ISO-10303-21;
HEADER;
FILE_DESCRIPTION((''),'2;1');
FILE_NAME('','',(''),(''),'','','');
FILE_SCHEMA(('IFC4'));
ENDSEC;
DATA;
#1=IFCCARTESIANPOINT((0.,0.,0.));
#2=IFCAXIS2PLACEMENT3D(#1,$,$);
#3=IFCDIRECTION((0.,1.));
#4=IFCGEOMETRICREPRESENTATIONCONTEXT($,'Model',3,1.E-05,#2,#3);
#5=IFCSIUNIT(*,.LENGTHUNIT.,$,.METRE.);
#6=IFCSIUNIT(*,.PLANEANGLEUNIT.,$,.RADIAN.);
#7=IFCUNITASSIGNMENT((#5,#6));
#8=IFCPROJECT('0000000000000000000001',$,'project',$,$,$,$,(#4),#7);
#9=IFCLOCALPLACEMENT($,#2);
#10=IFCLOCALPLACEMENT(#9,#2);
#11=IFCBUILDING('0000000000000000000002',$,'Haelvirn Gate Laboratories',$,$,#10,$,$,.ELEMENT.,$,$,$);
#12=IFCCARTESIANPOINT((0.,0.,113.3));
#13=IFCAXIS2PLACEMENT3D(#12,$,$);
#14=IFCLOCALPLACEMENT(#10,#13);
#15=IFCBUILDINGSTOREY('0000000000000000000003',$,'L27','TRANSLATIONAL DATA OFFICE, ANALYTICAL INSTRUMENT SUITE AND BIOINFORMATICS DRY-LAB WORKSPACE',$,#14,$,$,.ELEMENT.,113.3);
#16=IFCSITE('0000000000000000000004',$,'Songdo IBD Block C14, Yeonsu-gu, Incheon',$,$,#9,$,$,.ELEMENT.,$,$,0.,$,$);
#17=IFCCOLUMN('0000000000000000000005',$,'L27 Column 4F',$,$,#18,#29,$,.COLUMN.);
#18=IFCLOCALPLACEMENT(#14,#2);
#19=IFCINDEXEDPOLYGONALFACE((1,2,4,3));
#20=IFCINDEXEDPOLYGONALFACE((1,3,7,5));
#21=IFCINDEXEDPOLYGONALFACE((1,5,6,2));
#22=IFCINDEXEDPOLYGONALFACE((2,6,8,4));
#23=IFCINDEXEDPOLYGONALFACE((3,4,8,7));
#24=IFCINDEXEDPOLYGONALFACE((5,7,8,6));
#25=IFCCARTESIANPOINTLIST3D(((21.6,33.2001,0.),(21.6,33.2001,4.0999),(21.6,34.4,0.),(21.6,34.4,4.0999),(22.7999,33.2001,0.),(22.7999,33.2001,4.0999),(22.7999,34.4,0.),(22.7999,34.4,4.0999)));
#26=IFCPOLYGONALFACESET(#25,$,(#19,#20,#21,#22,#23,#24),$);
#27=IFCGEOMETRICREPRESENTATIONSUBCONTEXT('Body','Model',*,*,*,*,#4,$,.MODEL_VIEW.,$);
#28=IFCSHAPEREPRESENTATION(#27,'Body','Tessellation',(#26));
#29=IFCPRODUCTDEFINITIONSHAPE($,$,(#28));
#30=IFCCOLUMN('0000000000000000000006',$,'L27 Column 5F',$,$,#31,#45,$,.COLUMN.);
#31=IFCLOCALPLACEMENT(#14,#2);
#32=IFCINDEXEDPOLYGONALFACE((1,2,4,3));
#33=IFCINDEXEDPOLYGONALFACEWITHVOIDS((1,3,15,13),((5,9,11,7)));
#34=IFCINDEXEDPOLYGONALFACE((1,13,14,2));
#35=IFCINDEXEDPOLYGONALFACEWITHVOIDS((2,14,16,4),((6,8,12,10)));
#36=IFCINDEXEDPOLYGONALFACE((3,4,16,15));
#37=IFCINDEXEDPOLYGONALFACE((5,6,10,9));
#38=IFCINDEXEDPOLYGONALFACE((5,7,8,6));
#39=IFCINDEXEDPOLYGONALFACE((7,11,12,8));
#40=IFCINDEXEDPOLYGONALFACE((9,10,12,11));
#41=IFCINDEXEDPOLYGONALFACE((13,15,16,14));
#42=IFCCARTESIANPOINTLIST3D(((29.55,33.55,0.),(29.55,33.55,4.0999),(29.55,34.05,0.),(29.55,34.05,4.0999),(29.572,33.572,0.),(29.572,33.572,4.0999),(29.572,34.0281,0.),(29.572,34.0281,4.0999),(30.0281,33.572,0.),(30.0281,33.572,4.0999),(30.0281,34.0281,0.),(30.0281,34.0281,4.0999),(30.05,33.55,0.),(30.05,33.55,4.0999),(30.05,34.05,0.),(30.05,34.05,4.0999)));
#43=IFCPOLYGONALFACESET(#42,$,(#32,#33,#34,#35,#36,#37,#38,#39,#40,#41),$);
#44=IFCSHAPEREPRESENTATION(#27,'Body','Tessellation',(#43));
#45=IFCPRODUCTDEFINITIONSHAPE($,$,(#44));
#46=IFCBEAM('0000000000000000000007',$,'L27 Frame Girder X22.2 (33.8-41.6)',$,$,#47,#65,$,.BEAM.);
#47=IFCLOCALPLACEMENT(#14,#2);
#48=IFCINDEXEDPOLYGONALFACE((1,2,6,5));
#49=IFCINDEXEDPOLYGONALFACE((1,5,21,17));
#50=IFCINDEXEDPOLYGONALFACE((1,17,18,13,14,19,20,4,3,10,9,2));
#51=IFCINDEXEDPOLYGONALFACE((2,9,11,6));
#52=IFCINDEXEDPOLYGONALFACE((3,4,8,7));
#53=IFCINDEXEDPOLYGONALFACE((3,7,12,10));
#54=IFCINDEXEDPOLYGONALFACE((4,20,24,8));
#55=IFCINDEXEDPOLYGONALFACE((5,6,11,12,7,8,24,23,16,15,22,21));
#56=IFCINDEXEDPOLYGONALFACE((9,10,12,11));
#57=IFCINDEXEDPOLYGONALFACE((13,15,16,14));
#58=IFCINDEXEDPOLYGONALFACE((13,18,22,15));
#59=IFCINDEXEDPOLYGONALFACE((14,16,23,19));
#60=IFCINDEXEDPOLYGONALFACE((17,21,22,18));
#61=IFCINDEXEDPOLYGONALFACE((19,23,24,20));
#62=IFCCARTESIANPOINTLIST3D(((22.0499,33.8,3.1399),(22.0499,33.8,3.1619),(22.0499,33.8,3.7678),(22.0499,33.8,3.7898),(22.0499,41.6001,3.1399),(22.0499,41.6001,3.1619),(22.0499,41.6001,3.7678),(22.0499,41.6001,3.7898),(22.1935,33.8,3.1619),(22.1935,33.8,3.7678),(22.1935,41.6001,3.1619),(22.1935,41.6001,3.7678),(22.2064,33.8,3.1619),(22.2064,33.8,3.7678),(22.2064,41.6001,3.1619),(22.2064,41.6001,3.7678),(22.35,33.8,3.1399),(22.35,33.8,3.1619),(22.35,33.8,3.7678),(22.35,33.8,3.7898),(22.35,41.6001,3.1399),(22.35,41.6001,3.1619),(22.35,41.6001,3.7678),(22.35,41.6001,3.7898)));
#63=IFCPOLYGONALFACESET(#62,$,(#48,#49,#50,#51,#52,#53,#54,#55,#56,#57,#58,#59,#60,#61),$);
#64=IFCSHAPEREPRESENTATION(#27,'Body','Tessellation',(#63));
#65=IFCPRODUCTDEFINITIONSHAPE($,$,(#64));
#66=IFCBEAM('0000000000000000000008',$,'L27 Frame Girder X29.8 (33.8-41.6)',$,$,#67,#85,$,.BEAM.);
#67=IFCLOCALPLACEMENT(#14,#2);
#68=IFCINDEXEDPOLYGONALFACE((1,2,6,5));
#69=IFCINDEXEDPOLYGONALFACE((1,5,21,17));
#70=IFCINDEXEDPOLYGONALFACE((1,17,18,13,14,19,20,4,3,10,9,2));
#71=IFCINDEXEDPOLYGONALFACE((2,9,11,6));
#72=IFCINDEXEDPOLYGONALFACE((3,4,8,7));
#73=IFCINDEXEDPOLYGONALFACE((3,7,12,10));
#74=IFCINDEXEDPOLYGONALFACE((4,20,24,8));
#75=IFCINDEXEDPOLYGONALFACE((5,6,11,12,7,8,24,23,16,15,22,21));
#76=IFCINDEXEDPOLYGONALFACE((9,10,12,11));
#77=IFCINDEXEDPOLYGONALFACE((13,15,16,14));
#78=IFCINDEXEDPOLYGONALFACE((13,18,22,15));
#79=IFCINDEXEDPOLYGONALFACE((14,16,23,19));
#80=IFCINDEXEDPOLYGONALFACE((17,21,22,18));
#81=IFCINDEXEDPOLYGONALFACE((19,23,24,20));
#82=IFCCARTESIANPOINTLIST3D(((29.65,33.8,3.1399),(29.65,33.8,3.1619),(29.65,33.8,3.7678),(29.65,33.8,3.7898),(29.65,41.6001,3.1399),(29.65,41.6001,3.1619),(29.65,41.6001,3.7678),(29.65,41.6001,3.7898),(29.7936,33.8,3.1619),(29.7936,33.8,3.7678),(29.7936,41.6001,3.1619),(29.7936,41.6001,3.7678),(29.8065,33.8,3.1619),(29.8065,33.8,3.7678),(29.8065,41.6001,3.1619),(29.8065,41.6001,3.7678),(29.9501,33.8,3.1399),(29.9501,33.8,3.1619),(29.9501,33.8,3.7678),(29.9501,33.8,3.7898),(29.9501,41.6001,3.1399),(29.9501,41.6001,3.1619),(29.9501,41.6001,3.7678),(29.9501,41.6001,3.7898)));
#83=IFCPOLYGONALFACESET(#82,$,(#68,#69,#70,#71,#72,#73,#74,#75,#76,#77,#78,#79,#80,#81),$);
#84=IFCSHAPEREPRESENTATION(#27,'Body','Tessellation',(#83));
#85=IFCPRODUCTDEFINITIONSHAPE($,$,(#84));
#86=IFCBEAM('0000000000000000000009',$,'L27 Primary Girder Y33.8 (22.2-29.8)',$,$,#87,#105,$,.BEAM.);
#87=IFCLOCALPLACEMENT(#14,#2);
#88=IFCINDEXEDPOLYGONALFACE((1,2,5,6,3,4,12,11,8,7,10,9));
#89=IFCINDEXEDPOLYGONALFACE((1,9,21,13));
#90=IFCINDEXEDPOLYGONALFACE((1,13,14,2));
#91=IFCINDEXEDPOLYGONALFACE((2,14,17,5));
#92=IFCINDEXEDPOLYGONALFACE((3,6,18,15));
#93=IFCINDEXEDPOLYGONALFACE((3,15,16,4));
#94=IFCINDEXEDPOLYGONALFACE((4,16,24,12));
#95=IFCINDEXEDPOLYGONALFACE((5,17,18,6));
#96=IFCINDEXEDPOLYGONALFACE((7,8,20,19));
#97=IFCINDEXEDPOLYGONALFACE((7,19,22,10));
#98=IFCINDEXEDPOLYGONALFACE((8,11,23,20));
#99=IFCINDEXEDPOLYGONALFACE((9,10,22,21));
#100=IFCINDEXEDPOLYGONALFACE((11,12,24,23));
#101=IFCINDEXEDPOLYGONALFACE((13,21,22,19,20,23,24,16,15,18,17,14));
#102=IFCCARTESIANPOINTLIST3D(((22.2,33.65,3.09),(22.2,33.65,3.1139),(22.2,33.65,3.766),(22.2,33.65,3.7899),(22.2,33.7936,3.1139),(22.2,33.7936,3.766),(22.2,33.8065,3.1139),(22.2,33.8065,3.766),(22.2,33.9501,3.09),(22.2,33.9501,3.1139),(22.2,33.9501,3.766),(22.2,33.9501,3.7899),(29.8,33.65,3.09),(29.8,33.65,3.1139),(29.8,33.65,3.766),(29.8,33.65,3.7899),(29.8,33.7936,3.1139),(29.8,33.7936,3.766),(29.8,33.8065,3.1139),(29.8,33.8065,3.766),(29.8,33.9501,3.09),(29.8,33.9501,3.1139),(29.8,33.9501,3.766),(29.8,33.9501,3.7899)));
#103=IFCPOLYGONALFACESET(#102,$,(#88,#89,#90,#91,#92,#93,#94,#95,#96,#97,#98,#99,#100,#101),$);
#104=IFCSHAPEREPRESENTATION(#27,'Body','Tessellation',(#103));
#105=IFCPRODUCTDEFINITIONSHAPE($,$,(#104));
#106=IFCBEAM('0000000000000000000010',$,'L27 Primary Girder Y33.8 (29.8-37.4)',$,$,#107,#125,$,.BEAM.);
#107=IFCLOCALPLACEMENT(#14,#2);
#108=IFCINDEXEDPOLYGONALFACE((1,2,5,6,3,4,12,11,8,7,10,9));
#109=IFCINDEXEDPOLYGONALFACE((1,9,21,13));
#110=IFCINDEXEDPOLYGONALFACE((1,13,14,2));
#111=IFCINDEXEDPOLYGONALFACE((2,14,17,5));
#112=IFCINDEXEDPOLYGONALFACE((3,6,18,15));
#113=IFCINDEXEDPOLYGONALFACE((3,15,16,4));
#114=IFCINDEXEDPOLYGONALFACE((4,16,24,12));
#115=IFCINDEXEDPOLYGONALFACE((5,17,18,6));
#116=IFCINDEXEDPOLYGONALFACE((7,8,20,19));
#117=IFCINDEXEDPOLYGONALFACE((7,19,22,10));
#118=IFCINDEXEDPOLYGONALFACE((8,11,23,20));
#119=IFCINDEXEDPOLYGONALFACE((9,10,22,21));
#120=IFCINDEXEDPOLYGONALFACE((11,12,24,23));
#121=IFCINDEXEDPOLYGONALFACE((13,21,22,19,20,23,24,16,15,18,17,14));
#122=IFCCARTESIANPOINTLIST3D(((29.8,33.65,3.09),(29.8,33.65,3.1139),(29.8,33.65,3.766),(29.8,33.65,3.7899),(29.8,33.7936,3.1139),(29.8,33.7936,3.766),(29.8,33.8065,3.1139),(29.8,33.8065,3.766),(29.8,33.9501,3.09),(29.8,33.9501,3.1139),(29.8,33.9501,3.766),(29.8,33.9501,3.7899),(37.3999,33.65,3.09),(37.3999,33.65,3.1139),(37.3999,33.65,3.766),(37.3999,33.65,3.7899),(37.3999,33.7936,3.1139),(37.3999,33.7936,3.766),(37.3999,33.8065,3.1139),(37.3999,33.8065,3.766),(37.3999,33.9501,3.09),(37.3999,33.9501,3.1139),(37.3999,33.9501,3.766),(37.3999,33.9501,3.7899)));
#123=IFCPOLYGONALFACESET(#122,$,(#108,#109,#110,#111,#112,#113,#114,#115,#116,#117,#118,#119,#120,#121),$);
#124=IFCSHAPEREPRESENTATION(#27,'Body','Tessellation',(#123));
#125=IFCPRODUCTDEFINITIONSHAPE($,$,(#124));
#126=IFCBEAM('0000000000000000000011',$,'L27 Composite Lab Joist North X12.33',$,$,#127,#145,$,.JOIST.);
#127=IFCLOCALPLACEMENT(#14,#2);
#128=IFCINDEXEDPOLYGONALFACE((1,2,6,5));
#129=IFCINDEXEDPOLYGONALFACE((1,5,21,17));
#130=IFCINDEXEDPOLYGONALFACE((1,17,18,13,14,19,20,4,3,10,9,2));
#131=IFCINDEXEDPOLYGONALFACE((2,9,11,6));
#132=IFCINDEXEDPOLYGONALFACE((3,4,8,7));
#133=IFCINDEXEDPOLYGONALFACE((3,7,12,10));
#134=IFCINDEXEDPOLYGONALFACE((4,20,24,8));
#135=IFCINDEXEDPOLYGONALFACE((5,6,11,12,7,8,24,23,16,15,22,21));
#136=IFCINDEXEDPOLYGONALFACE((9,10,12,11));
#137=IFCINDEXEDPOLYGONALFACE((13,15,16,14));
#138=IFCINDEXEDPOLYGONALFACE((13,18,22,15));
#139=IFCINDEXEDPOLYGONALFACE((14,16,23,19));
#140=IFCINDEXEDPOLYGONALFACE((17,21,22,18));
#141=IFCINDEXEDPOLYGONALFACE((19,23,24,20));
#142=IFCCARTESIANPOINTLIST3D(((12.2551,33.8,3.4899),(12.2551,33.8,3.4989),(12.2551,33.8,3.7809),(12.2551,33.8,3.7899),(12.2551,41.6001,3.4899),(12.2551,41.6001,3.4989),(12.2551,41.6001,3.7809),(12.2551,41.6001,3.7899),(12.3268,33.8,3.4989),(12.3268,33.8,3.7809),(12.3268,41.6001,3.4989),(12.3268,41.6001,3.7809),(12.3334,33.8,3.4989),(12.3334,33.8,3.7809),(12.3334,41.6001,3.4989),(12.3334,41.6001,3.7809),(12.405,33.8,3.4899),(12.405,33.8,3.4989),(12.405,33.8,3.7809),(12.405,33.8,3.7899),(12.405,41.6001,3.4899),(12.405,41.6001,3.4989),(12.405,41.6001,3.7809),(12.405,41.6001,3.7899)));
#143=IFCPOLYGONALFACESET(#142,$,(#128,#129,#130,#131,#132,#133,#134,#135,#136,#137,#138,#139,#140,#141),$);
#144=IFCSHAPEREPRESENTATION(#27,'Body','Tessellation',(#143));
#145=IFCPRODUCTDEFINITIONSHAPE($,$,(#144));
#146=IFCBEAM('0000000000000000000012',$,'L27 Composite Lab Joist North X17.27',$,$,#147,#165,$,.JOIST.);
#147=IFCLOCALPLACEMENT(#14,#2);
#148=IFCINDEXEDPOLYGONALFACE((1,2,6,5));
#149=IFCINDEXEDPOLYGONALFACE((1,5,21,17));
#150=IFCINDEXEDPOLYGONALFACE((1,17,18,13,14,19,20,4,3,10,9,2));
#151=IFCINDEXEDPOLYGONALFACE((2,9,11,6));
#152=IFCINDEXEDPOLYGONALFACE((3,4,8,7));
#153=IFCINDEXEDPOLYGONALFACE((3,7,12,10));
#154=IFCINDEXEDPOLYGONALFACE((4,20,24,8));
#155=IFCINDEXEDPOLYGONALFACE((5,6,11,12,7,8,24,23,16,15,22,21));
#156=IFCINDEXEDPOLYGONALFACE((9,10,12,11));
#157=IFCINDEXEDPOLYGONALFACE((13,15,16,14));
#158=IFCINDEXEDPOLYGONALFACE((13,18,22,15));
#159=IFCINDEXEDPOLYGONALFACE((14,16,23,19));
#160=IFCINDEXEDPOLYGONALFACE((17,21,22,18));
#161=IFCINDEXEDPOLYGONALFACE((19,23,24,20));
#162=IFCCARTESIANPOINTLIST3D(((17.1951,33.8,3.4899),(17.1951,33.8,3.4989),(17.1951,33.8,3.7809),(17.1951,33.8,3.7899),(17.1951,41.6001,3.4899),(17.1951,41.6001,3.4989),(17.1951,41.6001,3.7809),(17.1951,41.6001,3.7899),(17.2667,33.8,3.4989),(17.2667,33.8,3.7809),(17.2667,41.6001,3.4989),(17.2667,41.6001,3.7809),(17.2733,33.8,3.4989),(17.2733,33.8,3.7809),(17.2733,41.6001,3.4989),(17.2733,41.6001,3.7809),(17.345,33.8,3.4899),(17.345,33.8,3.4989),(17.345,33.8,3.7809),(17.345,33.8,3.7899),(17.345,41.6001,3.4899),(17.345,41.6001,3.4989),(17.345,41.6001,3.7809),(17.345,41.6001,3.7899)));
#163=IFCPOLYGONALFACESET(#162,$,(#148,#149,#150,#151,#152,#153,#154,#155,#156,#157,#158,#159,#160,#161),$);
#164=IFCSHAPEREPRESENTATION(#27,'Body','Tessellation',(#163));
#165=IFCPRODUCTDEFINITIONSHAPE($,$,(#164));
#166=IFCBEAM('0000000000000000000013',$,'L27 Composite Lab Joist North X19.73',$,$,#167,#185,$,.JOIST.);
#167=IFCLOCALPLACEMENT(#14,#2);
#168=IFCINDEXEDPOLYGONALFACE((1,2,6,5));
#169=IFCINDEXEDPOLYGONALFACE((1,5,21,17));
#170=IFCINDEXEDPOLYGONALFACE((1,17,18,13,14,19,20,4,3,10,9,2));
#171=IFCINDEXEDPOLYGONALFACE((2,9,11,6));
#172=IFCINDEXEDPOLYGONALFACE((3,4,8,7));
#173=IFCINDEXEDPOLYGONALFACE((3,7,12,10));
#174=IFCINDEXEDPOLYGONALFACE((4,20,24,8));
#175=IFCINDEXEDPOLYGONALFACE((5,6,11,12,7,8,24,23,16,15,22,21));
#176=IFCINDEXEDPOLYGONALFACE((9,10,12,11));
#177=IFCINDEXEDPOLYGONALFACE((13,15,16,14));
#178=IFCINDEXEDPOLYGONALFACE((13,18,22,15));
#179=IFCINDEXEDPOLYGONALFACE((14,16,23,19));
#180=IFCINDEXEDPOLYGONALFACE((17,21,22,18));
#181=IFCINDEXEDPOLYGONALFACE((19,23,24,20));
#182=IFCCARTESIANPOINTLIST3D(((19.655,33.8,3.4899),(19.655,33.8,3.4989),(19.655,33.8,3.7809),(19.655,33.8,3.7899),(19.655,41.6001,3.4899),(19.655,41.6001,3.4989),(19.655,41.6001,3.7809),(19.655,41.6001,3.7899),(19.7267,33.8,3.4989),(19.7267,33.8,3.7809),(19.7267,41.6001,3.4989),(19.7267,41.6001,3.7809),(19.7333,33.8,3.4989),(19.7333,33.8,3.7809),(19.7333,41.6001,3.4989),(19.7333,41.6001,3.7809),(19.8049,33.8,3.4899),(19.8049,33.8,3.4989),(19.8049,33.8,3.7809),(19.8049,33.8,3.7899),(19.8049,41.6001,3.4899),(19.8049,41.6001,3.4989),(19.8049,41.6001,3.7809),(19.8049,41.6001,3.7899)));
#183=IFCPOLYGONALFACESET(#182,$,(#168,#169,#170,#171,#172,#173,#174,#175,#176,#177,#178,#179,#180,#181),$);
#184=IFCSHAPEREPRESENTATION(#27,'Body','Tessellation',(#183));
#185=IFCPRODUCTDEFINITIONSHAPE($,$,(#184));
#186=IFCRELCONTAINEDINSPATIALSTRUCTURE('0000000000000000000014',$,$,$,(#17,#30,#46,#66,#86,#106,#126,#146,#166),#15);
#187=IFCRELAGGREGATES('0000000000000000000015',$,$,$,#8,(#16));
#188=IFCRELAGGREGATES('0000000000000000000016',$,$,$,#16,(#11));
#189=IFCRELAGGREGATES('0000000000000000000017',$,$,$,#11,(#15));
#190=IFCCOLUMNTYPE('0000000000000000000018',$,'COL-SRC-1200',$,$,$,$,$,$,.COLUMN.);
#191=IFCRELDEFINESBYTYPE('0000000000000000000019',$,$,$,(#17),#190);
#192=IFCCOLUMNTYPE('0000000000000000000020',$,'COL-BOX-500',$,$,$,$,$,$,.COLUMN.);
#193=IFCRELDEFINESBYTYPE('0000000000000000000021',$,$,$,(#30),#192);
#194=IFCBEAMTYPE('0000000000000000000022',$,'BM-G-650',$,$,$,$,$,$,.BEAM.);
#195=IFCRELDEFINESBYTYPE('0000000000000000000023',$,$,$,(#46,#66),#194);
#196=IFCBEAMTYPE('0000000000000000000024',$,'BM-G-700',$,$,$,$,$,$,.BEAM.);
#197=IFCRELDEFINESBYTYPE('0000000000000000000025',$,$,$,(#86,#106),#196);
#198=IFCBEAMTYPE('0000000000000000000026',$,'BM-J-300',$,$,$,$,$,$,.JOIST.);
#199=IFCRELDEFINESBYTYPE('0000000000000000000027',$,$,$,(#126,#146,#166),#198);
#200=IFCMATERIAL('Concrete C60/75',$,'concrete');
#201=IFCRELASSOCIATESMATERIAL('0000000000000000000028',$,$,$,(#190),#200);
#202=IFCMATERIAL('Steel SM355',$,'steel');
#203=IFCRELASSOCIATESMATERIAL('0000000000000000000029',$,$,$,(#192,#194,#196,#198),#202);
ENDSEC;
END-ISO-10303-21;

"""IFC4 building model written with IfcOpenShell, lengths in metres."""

from ifc_helpers import new_model, si_unit, direction, frame, origin, origin_2d, place, context, subcontext, project, spatial, rectangle, hollow_rectangle, i_section, extrude, source, transform, mapped, material, material_profile, profile_set, type_object, type_shapes, element, save


model = new_model("IFC4")

# Units and contexts
model_context = context("Model", 3, precision=1e-05, world=origin(), true_north=direction((0.0, 1.0)))
body_context = subcontext(model_context, "Body", "Model", "MODEL_VIEW")
ifc_project = project(units=[si_unit("LENGTHUNIT", "METRE"), si_unit("PLANEANGLEUNIT", "RADIAN")], contexts=[model_context])

# Site, building, storey
site_placement = place(None, origin())
site = spatial("IfcSite", under=ifc_project, at=site_placement, Name="Songdo IBD Block C14, Yeonsu-gu, Incheon", CompositionType="ELEMENT", RefElevation=0.0)
building_placement = place(site_placement, origin())
building = spatial("IfcBuilding", under=site, at=building_placement, Name="Haelvirn Gate Laboratories", CompositionType="ELEMENT")
storey_placement = place(building_placement, frame((0.0, 0.0, 113.3)))
storey = spatial("IfcBuildingStorey", under=building, at=storey_placement, Name="L27", Description="TRANSLATIONAL DATA OFFICE, ANALYTICAL INSTRUMENT SUITE AND BIOINFORMATICS DRY-LAB WORKSPACE", CompositionType="ELEMENT", Elevation=113.3)

# Columns
ifc_material_1 = material(Name="Concrete C60/75", Category="concrete")
ifc_material_profile_1 = material_profile(ifc_material_1, rectangle(XDim=1.2, YDim=1.2, at=origin_2d()), Name="SRC-1200x1200")
ifc_profile_set_1 = profile_set([ifc_material_profile_1], Name="Concrete C60/75")
column_type_1 = type_object("IfcColumnType", Name="COL-SRC-1200", PredefinedType="COLUMN", material=ifc_profile_set_1)
shared_shape_1 = source(origin(), body_context, "Body", "SweptSolid", [
    extrude(rectangle(XDim=1.2, YDim=1.2, at=origin_2d()), origin(), (0.0, 0.0, 1.0), 4.0999),
])
type_shapes(column_type_1, [shared_shape_1])
column_1_placement = place(storey_placement, frame((22.2, 33.8, 0.0), z_axis=(0.0, 0.0, 1.0), x_axis=(1.0, 0.0, 0.0)))
element("IfcColumn", 1, at=column_1_placement, inside=storey, type_object=column_type_1, Name="L27 Column 4F", PredefinedType="COLUMN", context=body_context, shape_type="MappedRepresentation", body=[
    mapped(shared_shape_1, transform((0.0, 0.0, 0.0), scale=1.0)),
])
ifc_material_2 = material(Name="Steel SM355", Category="steel")
ifc_material_profile_2 = material_profile(ifc_material_2, hollow_rectangle(XDim=0.5, YDim=0.5, WallThickness=0.022, at=origin_2d()), Name="BOX-500x500x22")
ifc_profile_set_2 = profile_set([ifc_material_profile_2], Name="Steel SM355")
column_type_2 = type_object("IfcColumnType", Name="COL-BOX-500", PredefinedType="COLUMN", material=ifc_profile_set_2)
shared_shape_2 = source(origin(), body_context, "Body", "SweptSolid", [
    extrude(hollow_rectangle(XDim=0.5, YDim=0.5, WallThickness=0.022, at=origin_2d()), origin(), (0.0, 0.0, 1.0), 4.0999),
])
type_shapes(column_type_2, [shared_shape_2])
column_2_placement = place(storey_placement, frame((29.8, 33.8, 0.0), z_axis=(0.0, 0.0, 1.0), x_axis=(1.0, 0.0, 0.0)))
element("IfcColumn", 2, at=column_2_placement, inside=storey, type_object=column_type_2, Name="L27 Column 5F", PredefinedType="COLUMN", context=body_context, shape_type="MappedRepresentation", body=[
    mapped(shared_shape_2, transform((0.0, 0.0, 0.0), scale=1.0)),
])

# Beams
ifc_material_profile_3 = material_profile(ifc_material_2, i_section(OverallWidth=0.3, OverallDepth=0.6499, WebThickness=0.0129, FlangeThickness=0.022, at=origin_2d()), Name="H-650x300x13x22")
ifc_profile_set_3 = profile_set([ifc_material_profile_3], Name="Steel SM355")
beam_type_1 = type_object("IfcBeamType", Name="BM-G-650", PredefinedType="BEAM", material=ifc_profile_set_3)
shared_shape_3 = source(origin(), body_context, "Body", "SweptSolid", [
    extrude(i_section(OverallWidth=0.3, OverallDepth=0.6499, WebThickness=0.0129, FlangeThickness=0.022, at=origin_2d()), origin(), (0.0, 0.0, 1.0), 7.8),
])
type_shapes(beam_type_1, [shared_shape_3])
for number, where, z_axis, x_axis, name in (
    (3, (22.2, 33.8, 3.4648), (0.0, 1.0, 0.0), (-1.0, 0.0, 0.0), "L27 Frame Girder X22.2 (33.8-41.6)"),
    (4, (29.8, 33.8, 3.4648), (0.0, 1.0, 0.0), (-1.0, 0.0, 0.0), "L27 Frame Girder X29.8 (33.8-41.6)"),
):
    element("IfcBeam", number, at=place(storey_placement, frame(where, z_axis=z_axis, x_axis=x_axis)), inside=storey, type_object=beam_type_1, Name=name, PredefinedType="BEAM", context=body_context, shape_type="MappedRepresentation", body=[
        mapped(shared_shape_3, transform((0.0, 0.0, 0.0), scale=1.0)),
    ])
ifc_material_profile_4 = material_profile(ifc_material_2, i_section(OverallWidth=0.3, OverallDepth=0.7, WebThickness=0.0129, FlangeThickness=0.0239, at=origin_2d()), Name="H-700x300x13x24")
ifc_profile_set_4 = profile_set([ifc_material_profile_4], Name="Steel SM355")
beam_type_2 = type_object("IfcBeamType", Name="BM-G-700", PredefinedType="BEAM", material=ifc_profile_set_4)
shared_shape_4 = source(origin(), body_context, "Body", "SweptSolid", [
    extrude(i_section(OverallWidth=0.3, OverallDepth=0.7, WebThickness=0.0129, FlangeThickness=0.0239, at=origin_2d()), origin(), (0.0, 0.0, 1.0), 7.6001),
])
beam_1_placement = place(storey_placement, frame((22.2, 33.8, 3.4399), z_axis=(1.0, 0.0, 0.0), x_axis=(0.0, 1.0, 0.0)))
element("IfcBeam", 5, at=beam_1_placement, inside=storey, type_object=beam_type_2, Name="L27 Primary Girder Y33.8 (22.2-29.8)", PredefinedType="BEAM", context=body_context, shape_type="MappedRepresentation", body=[
    mapped(shared_shape_4, transform((0.0, 0.0, 0.0), scale=1.0)),
])
shared_shape_5 = source(origin(), body_context, "Body", "SweptSolid", [
    extrude(i_section(OverallWidth=0.3, OverallDepth=0.7, WebThickness=0.0129, FlangeThickness=0.0239, at=origin_2d()), origin(), (0.0, 0.0, 1.0), 7.5999),
])
type_shapes(beam_type_2, [shared_shape_4, shared_shape_5])
beam_2_placement = place(storey_placement, frame((29.8, 33.8, 3.4399), z_axis=(1.0, 0.0, 0.0), x_axis=(0.0, 1.0, 0.0)))
element("IfcBeam", 6, at=beam_2_placement, inside=storey, type_object=beam_type_2, Name="L27 Primary Girder Y33.8 (29.8-37.4)", PredefinedType="BEAM", context=body_context, shape_type="MappedRepresentation", body=[
    mapped(shared_shape_5, transform((0.0, 0.0, 0.0), scale=1.0)),
])
ifc_material_profile_5 = material_profile(ifc_material_2, i_section(OverallWidth=0.1499, OverallDepth=0.3, WebThickness=0.0066, FlangeThickness=0.009, at=origin_2d()), Name="H-300x150x6.5x9")
ifc_profile_set_5 = profile_set([ifc_material_profile_5], Name="Steel SM355")
beam_type_3 = type_object("IfcBeamType", Name="BM-J-300", PredefinedType="JOIST", material=ifc_profile_set_5)
shared_shape_6 = source(origin(), body_context, "Body", "SweptSolid", [
    extrude(i_section(OverallWidth=0.1499, OverallDepth=0.3, WebThickness=0.0066, FlangeThickness=0.009, at=origin_2d()), origin(), (0.0, 0.0, 1.0), 7.8),
])
type_shapes(beam_type_3, [shared_shape_6])
for number, where, z_axis, x_axis, name in (
    (7, (12.3301, 33.8, 3.6399), (0.0, 1.0, 0.0), (-1.0, 0.0, 0.0), "L27 Composite Lab Joist North X12.33"),
    (8, (17.27, 33.8, 3.6399), (0.0, 1.0, 0.0), (-1.0, 0.0, 0.0), "L27 Composite Lab Joist North X17.27"),
    (9, (19.73, 33.8, 3.6399), (0.0, 1.0, 0.0), (-1.0, 0.0, 0.0), "L27 Composite Lab Joist North X19.73"),
):
    element("IfcBeam", number, at=place(storey_placement, frame(where, z_axis=z_axis, x_axis=x_axis)), inside=storey, type_object=beam_type_3, Name=name, PredefinedType="JOIST", context=body_context, shape_type="MappedRepresentation", body=[
        mapped(shared_shape_6, transform((0.0, 0.0, 0.0), scale=1.0)),
    ])

save(model, "model.ifc")
